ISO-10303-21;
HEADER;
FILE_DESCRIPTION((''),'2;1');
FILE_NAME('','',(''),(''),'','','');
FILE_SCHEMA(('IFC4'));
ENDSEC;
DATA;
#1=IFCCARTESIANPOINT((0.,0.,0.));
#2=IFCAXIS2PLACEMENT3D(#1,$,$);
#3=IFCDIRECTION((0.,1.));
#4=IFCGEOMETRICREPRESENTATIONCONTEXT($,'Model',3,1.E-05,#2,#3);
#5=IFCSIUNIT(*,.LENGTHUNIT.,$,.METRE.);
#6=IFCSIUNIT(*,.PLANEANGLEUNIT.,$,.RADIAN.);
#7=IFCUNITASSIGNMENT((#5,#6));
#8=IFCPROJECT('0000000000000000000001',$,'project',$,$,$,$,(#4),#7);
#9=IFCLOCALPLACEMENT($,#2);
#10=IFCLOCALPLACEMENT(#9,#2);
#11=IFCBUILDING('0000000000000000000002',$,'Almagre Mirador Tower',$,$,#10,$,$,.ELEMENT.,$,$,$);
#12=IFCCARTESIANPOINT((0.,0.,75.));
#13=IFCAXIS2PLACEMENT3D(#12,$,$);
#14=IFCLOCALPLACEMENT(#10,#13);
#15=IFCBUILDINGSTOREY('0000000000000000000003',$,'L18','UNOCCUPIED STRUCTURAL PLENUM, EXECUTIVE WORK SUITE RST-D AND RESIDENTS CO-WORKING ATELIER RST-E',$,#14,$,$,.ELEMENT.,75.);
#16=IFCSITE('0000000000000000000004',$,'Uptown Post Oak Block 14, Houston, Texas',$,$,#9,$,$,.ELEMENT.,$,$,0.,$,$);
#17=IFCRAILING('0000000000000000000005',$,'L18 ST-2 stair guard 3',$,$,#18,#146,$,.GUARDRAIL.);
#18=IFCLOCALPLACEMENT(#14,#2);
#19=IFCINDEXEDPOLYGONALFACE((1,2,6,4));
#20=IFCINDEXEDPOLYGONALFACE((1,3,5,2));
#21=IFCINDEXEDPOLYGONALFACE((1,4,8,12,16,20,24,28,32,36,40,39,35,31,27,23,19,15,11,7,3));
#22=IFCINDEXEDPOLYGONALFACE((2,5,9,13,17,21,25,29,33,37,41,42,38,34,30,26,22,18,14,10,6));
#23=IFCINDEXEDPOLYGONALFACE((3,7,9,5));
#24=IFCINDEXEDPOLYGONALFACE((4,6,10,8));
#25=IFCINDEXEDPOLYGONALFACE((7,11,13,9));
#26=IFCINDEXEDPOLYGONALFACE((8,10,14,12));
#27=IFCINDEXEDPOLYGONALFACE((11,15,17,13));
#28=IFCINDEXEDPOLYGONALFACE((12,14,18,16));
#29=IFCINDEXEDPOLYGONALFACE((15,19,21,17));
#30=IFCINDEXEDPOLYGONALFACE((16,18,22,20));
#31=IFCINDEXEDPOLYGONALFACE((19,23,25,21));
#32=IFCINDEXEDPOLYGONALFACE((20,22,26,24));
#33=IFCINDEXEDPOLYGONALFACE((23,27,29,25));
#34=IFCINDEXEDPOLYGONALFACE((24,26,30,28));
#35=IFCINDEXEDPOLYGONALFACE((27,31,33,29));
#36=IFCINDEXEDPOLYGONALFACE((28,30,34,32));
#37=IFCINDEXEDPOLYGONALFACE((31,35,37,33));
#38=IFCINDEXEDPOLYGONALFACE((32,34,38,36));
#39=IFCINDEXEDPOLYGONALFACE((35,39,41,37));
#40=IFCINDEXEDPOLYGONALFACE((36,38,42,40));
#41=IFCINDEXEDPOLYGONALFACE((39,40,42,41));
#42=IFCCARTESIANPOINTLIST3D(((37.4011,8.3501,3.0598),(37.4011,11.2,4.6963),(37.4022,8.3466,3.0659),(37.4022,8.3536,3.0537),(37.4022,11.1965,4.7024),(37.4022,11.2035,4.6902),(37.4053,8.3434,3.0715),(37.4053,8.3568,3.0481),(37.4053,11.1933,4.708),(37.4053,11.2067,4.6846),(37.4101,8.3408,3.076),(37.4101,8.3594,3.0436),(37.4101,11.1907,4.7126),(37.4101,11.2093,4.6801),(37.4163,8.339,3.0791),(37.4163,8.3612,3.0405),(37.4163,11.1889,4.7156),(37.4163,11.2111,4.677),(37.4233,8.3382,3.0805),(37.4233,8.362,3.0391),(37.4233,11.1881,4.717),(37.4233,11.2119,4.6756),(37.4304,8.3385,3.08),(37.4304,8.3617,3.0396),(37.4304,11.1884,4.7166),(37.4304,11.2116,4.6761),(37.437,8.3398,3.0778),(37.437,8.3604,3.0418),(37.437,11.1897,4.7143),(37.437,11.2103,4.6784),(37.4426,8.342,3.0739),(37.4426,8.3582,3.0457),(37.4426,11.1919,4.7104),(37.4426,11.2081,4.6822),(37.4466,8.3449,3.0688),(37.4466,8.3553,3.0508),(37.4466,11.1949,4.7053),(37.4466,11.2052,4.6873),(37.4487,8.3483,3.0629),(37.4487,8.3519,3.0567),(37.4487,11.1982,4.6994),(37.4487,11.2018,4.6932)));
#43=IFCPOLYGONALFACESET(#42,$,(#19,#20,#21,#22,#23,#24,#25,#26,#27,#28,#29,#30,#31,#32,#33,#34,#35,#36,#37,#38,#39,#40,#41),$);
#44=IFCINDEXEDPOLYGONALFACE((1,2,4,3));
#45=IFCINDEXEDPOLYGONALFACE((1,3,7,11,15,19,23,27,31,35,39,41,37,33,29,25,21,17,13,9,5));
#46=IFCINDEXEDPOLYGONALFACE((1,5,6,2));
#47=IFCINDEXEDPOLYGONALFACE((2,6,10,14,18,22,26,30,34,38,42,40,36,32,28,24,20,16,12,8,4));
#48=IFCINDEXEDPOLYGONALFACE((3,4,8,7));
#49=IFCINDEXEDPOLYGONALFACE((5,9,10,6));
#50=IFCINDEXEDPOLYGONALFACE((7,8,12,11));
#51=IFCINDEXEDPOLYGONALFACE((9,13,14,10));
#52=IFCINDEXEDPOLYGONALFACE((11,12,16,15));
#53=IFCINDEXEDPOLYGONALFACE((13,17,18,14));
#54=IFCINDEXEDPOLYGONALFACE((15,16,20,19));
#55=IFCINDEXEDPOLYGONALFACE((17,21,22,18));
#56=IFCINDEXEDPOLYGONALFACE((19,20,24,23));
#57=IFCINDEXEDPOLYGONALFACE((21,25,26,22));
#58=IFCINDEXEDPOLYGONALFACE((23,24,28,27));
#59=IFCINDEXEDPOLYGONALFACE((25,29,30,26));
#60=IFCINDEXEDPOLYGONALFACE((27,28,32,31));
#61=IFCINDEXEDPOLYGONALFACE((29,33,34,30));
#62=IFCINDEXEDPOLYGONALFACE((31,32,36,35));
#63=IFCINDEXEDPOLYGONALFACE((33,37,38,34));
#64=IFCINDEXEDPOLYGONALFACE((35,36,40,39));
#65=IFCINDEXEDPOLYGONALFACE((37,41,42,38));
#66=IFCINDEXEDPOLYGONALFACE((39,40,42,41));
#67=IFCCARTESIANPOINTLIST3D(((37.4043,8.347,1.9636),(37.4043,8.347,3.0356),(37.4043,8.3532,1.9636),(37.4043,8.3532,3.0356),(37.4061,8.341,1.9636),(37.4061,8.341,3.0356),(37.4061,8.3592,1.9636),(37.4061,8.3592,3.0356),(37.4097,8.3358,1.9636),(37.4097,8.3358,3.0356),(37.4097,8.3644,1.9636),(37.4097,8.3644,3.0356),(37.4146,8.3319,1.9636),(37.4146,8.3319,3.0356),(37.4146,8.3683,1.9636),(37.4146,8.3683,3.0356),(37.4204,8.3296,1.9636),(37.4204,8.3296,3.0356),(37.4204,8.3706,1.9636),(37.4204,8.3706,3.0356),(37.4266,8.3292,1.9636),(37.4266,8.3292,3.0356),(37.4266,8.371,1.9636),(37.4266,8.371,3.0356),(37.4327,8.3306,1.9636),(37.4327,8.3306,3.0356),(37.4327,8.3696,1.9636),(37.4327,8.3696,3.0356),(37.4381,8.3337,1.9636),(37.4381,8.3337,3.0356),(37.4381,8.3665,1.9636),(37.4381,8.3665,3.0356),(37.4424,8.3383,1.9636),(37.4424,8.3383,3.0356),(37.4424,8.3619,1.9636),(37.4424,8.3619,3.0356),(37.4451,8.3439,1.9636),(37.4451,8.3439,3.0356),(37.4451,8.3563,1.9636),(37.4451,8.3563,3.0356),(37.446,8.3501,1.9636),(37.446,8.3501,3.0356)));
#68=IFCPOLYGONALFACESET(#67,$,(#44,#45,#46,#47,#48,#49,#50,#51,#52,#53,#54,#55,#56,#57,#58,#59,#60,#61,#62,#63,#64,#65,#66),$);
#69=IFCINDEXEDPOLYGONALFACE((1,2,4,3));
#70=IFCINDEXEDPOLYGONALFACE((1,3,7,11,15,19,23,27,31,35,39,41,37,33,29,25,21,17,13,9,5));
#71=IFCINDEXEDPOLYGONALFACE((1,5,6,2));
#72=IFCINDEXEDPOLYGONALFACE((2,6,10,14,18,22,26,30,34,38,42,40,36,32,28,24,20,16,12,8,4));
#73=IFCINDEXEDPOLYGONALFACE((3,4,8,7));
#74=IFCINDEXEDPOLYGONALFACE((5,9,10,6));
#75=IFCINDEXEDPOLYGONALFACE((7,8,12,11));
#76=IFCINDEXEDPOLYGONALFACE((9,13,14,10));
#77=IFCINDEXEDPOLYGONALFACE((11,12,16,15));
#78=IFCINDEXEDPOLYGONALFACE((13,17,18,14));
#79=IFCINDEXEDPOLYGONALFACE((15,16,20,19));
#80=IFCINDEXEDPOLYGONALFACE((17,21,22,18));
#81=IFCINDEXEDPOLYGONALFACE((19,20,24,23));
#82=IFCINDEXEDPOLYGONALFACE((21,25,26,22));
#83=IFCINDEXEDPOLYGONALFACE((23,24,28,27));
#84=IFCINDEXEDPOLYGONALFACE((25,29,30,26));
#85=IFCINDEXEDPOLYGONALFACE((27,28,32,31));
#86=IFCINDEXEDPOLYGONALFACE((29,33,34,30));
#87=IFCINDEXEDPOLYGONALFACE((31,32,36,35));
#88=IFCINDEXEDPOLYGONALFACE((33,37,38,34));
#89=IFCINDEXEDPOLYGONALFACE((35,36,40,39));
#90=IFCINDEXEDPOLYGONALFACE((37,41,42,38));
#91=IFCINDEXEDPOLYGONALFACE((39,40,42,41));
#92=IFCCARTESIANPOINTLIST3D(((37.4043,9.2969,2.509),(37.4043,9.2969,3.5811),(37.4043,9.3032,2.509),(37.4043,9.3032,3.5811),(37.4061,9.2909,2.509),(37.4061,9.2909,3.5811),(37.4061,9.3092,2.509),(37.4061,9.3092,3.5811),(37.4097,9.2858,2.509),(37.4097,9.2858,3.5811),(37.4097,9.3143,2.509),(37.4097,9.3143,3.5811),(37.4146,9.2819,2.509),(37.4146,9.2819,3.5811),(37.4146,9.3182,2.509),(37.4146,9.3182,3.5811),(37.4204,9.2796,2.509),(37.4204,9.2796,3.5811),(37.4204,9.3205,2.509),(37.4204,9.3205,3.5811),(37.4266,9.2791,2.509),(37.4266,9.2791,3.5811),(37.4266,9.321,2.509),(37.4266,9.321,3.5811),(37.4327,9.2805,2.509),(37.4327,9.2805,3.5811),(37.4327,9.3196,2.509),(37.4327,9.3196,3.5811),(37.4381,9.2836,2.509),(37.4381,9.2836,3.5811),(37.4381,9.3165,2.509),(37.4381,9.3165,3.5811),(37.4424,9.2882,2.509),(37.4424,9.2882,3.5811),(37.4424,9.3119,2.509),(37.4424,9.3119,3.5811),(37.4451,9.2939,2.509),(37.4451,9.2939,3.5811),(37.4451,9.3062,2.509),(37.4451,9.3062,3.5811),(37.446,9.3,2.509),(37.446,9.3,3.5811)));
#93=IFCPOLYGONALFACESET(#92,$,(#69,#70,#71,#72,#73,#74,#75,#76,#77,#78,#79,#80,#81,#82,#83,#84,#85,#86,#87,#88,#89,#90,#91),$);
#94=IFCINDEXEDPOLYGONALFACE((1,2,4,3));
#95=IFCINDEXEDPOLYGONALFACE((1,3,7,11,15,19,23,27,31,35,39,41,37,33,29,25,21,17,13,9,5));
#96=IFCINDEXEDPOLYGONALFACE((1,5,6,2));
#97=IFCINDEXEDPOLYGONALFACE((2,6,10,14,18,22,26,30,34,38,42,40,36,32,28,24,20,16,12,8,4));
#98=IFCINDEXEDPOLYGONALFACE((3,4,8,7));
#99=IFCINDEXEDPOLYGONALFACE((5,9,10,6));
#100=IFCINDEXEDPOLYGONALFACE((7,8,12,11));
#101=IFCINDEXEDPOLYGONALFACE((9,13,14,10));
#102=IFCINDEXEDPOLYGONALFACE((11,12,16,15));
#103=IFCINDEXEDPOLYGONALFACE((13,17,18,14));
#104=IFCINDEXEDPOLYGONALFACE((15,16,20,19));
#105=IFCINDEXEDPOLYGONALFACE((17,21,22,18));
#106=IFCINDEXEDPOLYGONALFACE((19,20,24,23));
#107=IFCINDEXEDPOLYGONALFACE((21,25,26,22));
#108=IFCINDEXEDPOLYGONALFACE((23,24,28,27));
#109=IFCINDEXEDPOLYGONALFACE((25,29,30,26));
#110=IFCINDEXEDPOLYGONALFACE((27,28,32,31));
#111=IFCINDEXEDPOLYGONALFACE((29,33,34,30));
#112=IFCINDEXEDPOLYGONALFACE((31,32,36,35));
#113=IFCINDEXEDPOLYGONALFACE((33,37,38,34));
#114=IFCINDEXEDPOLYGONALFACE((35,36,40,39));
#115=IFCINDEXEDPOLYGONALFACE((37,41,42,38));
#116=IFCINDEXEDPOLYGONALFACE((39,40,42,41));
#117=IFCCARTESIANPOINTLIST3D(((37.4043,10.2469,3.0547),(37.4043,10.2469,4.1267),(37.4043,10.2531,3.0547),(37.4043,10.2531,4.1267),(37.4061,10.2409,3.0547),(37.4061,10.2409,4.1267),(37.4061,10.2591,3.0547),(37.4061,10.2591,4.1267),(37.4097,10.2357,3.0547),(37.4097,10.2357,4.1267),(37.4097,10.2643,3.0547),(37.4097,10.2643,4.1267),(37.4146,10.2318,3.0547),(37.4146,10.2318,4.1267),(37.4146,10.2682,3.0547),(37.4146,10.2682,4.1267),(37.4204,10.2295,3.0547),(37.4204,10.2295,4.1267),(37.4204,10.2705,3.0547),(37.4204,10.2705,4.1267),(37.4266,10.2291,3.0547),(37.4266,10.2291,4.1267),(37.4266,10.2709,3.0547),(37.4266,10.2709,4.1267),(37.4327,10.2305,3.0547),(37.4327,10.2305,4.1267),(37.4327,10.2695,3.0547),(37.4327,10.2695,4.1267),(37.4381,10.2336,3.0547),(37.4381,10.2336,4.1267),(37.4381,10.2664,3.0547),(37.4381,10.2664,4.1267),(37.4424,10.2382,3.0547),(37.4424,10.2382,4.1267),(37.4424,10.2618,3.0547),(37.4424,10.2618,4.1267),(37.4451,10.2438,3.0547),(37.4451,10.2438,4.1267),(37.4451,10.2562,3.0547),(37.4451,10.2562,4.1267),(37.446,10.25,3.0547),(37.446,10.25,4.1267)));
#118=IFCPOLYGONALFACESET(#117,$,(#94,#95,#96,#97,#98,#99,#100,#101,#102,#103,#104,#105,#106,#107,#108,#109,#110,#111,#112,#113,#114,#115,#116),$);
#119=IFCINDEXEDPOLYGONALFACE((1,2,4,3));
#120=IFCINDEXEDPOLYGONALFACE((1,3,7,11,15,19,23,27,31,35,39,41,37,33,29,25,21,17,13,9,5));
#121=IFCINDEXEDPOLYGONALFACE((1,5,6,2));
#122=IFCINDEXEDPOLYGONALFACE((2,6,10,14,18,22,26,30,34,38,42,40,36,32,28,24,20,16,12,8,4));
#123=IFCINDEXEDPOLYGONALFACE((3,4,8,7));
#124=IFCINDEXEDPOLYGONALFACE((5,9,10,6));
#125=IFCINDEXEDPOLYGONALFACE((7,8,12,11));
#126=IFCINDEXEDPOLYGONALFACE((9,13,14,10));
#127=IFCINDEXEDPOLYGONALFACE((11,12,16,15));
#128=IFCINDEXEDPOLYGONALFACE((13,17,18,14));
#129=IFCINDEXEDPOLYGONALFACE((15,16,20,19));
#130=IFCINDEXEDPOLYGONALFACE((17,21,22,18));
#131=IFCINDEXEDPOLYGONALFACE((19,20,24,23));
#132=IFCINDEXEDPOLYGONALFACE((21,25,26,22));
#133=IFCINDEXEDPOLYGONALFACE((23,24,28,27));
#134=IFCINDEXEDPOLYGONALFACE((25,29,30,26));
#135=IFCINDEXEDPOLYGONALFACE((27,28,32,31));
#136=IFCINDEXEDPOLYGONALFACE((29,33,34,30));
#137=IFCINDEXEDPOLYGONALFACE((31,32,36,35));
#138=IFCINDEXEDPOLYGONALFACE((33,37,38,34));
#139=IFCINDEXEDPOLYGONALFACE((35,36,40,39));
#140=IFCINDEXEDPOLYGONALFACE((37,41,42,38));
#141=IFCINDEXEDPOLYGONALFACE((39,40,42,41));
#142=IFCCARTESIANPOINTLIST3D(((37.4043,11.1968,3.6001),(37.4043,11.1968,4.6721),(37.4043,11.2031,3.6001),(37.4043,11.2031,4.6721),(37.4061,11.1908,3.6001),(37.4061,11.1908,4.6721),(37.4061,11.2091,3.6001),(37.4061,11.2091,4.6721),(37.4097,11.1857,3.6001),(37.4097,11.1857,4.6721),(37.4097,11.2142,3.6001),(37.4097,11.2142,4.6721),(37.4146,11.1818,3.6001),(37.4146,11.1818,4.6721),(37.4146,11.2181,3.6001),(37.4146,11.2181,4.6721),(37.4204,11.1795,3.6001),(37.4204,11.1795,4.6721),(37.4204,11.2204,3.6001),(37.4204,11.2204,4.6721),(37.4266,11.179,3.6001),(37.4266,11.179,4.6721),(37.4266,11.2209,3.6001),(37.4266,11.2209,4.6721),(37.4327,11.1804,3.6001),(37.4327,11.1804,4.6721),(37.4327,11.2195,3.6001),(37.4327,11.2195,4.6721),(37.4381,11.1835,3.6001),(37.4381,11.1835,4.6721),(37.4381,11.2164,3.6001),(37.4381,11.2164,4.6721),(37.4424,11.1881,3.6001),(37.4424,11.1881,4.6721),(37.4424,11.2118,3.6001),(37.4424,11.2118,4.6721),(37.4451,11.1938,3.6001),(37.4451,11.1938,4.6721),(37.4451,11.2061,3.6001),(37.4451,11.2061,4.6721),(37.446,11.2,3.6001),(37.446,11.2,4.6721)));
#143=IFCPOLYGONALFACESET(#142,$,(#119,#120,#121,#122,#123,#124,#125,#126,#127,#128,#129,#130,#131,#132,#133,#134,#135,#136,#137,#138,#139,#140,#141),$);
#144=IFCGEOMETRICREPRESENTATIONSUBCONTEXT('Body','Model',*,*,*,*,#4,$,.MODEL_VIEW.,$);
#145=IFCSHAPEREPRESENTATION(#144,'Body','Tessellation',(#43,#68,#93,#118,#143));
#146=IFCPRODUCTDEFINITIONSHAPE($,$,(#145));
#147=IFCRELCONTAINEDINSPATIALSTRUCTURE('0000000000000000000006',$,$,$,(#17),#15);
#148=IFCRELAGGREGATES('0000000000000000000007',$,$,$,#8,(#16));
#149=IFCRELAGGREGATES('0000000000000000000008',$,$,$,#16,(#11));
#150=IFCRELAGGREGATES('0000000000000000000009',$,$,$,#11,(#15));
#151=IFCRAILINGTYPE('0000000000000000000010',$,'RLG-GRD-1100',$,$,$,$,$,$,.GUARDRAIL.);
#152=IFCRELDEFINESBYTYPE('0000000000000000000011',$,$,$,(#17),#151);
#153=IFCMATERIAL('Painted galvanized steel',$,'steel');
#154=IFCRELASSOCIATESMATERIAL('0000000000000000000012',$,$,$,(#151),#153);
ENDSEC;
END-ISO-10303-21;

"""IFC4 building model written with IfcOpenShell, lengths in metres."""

from ifc_helpers import new_model, si_unit, direction, frame, origin, origin_2d, place, context, subcontext, project, spatial, circle, extrude, material, type_object, element, save


model = new_model("IFC4")

# Units and contexts
model_context = context("Model", 3, precision=1e-05, world=origin(), true_north=direction((0.0, 1.0)))
body_context = subcontext(model_context, "Body", "Model", "MODEL_VIEW")
ifc_project = project(units=[si_unit("LENGTHUNIT", "METRE"), si_unit("PLANEANGLEUNIT", "RADIAN")], contexts=[model_context])

# Site, building, storey
site_placement = place(None, origin())
site = spatial("IfcSite", under=ifc_project, at=site_placement, Name="Uptown Post Oak Block 14, Houston, Texas", CompositionType="ELEMENT", RefElevation=0.0)
building_placement = place(site_placement, origin())
building = spatial("IfcBuilding", under=site, at=building_placement, Name="Almagre Mirador Tower", CompositionType="ELEMENT")
storey_placement = place(building_placement, frame((0.0, 0.0, 75.0)))
storey = spatial("IfcBuildingStorey", under=building, at=storey_placement, Name="L18", Description="UNOCCUPIED STRUCTURAL PLENUM, EXECUTIVE WORK SUITE RST-D AND RESIDENTS CO-WORKING ATELIER RST-E", CompositionType="ELEMENT", Elevation=75.0)

# Railing
ifc_material_1 = material(Name="Painted galvanized steel", Category="steel")
railing_type_1 = type_object("IfcRailingType", Name="RLG-GRD-1100", PredefinedType="GUARDRAIL", material=ifc_material_1)
railing_1_placement = place(storey_placement, frame((37.425, 8.3501, 1.9636)))
element("IfcRailing", 1, at=railing_1_placement, inside=storey, type_object=railing_type_1, Name="L18 ST-2 stair guard 3", PredefinedType="GUARDRAIL", context=body_context, shape_type="SweptSolid", body=[
    extrude(circle(Radius=0.0239, at=origin_2d()), frame((0.0, 0.0, 1.0962), z_axis=(0.0, 0.867194, 0.49797), x_axis=(-1.0, 0.0, 0.0)), (0.0, 0.0, 1.0), 3.2864),
    extrude(circle(Radius=0.021, at=origin_2d()), origin(), (0.0, 0.0, 1.0), 1.072),
    extrude(circle(Radius=0.021, at=origin_2d()), frame((0.0, 0.95, 0.5454)), (0.0, 0.0, 1.0), 1.072),
    extrude(circle(Radius=0.021, at=origin_2d()), frame((0.0, 1.8999, 1.0911)), (0.0, 0.0, 1.0), 1.072),
    extrude(circle(Radius=0.021, at=origin_2d()), frame((0.0, 2.8499, 1.6365)), (0.0, 0.0, 1.0), 1.072),
])

save(model, "model.ifc")
